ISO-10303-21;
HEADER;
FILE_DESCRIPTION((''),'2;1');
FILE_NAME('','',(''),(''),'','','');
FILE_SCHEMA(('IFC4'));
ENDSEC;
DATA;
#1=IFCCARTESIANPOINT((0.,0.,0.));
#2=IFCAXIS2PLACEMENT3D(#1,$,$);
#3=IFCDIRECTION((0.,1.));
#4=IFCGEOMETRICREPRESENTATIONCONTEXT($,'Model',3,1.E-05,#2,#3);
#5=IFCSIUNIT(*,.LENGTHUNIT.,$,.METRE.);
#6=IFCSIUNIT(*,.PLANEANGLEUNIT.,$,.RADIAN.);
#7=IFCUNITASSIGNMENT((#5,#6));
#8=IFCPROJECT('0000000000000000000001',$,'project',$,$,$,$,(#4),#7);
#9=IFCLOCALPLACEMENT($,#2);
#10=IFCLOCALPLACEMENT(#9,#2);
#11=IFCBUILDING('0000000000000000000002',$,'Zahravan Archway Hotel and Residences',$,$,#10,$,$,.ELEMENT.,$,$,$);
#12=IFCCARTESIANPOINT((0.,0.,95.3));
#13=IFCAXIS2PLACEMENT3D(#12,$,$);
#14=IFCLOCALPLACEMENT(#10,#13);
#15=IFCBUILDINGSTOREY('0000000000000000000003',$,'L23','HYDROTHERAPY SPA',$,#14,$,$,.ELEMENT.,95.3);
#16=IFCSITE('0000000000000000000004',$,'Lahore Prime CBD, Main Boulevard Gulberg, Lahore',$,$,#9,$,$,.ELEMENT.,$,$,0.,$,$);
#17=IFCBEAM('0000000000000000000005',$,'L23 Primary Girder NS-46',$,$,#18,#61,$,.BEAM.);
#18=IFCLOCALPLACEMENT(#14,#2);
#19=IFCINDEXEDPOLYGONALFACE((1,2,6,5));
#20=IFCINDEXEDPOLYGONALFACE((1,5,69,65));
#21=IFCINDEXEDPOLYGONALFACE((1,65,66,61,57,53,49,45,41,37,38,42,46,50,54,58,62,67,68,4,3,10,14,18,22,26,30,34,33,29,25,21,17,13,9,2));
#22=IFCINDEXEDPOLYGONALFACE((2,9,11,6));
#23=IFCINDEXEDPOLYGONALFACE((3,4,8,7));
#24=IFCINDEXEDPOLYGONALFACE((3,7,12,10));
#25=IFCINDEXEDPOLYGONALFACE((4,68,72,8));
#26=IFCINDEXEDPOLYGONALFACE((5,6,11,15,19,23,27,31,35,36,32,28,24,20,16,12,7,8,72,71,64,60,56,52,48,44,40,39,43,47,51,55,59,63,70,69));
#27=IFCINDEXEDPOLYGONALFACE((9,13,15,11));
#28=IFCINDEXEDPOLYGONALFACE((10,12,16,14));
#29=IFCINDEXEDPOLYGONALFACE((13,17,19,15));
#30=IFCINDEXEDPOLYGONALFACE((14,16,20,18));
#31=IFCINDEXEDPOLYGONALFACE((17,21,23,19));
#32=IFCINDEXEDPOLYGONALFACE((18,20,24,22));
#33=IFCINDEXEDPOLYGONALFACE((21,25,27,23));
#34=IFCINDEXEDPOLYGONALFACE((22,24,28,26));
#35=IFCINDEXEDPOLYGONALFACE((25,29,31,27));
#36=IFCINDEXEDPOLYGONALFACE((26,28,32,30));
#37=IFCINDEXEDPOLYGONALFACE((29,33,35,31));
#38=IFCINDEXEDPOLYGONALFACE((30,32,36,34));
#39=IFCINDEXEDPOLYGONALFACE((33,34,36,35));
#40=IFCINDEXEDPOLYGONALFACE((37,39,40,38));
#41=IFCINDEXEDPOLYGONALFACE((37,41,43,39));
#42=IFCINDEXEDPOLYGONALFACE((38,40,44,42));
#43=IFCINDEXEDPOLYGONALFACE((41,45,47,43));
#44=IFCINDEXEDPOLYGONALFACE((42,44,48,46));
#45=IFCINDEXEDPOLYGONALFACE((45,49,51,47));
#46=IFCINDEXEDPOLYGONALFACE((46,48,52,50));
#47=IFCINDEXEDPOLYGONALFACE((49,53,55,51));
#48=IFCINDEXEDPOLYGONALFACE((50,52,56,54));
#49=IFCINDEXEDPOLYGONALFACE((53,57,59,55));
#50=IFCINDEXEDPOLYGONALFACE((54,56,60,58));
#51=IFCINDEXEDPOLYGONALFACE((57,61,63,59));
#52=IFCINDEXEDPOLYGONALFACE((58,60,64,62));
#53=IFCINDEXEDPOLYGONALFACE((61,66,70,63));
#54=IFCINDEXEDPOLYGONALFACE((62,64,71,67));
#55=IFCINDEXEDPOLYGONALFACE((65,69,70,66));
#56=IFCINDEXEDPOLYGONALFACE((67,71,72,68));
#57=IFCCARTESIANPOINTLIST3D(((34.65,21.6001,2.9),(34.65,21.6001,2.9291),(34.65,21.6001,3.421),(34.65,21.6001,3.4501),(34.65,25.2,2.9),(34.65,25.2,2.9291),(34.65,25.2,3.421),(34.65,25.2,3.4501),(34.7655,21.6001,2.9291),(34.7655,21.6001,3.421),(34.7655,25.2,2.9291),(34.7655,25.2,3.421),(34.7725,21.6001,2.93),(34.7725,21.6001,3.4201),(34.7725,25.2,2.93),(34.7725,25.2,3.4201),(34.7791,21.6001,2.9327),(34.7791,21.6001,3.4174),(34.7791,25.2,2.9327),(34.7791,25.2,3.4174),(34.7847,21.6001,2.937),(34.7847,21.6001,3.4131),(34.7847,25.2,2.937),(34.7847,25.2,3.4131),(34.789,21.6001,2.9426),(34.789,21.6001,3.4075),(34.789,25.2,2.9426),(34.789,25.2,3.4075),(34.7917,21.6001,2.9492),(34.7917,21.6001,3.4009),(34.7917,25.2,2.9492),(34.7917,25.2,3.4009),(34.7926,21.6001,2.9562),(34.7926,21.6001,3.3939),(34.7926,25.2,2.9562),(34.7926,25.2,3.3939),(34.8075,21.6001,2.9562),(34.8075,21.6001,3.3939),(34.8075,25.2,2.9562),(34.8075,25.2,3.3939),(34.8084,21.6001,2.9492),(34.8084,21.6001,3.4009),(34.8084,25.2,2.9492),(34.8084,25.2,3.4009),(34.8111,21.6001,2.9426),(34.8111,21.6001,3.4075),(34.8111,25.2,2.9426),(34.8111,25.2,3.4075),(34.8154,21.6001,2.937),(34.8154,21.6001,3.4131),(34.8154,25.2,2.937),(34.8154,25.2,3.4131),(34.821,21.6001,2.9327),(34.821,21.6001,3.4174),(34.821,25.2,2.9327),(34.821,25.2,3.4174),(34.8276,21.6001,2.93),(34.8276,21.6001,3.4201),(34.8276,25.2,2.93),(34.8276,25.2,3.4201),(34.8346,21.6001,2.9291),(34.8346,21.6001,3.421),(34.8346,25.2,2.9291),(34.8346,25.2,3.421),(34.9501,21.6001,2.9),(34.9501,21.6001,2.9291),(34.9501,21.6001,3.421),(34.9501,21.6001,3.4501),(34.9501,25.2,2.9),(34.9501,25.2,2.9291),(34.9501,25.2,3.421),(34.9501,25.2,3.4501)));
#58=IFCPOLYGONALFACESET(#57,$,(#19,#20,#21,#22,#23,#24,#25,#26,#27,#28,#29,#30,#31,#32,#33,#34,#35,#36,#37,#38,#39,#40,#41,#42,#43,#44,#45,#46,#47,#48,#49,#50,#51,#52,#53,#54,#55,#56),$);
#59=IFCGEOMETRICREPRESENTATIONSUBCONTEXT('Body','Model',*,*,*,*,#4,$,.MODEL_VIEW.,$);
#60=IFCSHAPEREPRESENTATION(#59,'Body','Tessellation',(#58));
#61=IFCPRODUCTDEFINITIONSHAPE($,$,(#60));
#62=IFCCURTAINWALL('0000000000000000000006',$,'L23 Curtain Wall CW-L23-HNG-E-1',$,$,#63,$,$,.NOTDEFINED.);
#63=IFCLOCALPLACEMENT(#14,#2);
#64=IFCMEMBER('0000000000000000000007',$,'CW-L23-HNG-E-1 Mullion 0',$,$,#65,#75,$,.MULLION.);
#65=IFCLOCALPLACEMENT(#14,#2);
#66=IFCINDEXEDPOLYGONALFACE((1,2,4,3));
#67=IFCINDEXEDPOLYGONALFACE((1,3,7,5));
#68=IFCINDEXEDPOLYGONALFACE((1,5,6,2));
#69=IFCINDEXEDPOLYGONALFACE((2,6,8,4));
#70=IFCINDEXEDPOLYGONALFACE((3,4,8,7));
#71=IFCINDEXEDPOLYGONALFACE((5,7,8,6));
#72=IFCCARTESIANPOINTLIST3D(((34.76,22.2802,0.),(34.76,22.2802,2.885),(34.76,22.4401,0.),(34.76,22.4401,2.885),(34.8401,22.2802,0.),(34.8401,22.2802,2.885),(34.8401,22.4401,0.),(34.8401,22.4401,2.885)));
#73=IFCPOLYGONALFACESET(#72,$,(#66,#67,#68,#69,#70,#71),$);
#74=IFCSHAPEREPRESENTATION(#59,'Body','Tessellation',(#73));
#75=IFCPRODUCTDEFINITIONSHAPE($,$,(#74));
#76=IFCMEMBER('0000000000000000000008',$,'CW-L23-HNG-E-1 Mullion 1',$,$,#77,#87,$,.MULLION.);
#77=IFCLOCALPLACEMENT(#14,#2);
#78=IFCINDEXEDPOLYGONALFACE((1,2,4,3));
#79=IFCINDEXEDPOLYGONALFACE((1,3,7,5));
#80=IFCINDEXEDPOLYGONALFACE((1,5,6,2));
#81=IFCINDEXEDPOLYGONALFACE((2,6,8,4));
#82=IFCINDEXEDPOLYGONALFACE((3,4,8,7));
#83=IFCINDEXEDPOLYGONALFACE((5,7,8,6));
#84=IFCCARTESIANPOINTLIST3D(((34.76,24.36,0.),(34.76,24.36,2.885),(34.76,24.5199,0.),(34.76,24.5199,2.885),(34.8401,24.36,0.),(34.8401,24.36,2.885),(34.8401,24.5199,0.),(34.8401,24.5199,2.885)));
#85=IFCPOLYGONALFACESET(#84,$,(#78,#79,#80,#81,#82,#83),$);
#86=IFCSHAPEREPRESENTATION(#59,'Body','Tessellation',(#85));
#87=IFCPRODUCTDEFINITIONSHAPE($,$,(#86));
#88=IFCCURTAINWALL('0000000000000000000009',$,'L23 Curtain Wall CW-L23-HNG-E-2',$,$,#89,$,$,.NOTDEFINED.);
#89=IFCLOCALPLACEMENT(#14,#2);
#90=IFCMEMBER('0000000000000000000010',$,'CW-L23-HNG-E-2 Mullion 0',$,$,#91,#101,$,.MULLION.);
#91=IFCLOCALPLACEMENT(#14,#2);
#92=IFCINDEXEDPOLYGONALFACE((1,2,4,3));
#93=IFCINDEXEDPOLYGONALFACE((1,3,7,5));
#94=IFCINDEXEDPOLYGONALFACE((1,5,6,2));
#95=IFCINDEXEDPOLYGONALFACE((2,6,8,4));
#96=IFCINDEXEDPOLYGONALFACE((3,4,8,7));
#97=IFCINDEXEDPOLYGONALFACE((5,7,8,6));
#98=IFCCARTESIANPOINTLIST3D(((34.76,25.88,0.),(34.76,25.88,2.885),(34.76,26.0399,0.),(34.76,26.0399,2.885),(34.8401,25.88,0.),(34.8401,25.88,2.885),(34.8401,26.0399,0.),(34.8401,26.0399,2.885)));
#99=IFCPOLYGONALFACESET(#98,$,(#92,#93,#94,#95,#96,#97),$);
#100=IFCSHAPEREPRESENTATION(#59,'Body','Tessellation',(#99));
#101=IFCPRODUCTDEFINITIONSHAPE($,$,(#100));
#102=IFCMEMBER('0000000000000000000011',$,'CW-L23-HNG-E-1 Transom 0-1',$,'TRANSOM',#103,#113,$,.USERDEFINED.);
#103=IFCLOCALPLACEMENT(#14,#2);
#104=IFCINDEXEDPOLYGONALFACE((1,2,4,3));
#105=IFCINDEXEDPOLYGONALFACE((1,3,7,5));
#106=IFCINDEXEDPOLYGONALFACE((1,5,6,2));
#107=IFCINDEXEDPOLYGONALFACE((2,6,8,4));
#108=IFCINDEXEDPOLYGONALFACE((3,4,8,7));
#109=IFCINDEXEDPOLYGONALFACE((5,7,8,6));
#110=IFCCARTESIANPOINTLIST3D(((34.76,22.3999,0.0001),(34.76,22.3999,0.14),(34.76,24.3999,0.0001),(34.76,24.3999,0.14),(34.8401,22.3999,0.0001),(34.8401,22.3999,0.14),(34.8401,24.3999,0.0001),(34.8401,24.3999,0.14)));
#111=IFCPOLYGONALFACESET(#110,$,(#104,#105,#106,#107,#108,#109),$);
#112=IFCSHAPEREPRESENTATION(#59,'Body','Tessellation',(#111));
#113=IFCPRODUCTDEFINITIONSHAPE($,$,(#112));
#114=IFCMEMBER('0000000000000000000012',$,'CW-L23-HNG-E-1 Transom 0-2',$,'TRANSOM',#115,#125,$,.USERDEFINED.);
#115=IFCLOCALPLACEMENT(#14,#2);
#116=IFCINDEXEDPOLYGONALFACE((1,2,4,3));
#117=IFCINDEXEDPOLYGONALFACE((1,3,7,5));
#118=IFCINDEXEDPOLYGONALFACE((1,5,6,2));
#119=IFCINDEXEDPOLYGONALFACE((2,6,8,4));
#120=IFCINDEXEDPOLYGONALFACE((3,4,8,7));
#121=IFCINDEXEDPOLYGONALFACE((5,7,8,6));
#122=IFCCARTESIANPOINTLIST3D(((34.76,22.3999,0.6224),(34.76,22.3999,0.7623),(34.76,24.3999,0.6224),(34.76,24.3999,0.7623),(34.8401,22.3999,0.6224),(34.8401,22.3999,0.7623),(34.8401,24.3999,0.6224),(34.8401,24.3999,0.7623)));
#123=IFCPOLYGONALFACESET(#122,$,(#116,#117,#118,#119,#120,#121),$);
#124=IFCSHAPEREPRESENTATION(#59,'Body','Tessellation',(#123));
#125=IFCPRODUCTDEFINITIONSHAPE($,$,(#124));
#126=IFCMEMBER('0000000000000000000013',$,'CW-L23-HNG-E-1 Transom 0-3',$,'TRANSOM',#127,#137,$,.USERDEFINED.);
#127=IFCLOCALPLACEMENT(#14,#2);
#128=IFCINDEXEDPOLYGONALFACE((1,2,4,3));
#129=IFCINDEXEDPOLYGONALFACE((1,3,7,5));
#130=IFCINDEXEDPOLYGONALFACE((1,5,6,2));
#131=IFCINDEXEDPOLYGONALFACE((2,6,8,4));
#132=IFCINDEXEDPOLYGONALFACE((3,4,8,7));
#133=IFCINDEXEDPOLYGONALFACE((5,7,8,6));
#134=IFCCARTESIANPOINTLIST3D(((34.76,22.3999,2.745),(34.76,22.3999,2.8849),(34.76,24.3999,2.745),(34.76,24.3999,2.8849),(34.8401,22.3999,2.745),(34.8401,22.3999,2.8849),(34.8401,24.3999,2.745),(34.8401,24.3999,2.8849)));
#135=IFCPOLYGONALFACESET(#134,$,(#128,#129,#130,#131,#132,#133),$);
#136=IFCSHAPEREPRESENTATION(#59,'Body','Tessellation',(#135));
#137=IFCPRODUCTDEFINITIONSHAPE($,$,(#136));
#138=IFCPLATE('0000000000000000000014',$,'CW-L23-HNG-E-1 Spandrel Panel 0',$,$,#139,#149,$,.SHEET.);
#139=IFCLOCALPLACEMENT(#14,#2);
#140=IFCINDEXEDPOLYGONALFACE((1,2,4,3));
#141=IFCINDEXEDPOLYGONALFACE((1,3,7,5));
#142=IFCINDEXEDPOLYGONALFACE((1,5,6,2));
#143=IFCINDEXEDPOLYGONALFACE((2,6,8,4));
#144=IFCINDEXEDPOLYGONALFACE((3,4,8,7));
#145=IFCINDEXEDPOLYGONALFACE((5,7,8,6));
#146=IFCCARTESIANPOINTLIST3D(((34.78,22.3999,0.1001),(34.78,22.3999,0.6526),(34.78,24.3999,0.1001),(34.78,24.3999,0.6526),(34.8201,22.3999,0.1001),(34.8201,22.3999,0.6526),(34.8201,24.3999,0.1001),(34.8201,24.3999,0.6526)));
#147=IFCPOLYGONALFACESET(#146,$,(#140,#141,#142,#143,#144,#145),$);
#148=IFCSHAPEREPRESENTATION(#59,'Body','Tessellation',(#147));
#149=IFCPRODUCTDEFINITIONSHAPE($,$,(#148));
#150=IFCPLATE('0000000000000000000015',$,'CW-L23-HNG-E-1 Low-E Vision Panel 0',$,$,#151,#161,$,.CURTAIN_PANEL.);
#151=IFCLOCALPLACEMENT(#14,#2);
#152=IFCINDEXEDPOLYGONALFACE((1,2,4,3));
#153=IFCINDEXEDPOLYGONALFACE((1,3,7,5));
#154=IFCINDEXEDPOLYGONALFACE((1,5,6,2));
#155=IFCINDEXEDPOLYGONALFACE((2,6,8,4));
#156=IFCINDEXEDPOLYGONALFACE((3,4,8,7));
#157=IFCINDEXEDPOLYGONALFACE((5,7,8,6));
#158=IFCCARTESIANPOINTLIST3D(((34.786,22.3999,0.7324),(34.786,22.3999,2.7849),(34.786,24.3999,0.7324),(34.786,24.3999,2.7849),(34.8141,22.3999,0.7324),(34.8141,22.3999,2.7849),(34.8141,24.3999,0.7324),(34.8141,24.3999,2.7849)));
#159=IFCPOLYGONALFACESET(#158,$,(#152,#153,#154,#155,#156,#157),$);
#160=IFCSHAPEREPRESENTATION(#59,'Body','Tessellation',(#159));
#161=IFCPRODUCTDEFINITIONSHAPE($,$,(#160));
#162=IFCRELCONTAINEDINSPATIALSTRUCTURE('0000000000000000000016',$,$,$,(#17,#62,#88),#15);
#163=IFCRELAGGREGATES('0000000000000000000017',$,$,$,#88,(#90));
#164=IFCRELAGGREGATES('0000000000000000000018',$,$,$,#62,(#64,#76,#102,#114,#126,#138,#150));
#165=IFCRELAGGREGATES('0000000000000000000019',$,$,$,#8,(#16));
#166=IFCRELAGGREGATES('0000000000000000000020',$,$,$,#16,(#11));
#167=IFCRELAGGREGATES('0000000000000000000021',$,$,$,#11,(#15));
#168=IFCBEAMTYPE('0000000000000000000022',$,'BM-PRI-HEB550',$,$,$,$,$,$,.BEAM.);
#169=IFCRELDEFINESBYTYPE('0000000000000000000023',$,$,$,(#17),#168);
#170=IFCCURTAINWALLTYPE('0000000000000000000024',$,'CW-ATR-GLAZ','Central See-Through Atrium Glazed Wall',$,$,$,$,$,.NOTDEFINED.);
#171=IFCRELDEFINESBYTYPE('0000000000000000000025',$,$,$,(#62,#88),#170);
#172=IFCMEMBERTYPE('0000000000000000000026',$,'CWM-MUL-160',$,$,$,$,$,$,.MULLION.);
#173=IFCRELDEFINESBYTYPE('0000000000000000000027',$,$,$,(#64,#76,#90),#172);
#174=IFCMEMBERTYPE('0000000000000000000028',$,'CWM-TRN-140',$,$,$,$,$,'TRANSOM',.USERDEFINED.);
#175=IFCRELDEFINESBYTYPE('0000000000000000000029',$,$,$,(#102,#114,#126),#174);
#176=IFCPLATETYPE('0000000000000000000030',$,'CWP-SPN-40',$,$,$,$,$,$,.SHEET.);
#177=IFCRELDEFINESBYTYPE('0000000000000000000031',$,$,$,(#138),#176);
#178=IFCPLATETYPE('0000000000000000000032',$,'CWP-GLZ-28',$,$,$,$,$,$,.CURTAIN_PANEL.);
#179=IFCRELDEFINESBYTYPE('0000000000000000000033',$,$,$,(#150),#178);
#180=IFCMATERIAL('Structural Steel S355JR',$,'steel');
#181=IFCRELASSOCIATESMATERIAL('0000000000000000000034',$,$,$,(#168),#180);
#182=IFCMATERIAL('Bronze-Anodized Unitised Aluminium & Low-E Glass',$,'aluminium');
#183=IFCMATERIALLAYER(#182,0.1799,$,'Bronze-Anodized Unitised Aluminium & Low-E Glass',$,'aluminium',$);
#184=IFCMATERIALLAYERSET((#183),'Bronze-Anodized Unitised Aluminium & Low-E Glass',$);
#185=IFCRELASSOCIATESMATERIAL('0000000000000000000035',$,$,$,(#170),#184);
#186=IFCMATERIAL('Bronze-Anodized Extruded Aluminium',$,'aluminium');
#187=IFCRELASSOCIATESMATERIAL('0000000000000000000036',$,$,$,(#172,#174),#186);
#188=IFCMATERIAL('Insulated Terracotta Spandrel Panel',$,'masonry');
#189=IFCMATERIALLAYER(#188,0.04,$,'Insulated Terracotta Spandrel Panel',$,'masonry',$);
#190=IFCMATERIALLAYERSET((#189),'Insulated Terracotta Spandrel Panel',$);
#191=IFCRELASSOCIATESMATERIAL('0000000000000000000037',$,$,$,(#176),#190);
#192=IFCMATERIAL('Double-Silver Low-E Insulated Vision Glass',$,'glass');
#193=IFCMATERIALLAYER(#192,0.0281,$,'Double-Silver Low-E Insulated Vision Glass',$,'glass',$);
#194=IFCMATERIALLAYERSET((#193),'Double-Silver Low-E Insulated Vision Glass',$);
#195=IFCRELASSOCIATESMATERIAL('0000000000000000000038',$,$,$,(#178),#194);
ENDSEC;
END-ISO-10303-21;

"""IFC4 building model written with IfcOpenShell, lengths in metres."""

from ifc_helpers import new_model, si_unit, direction, frame, origin, origin_2d, place, context, subcontext, project, spatial, rectangle, i_section, extrude, source, transform, mapped, material, layer, layer_set, material_profile, profile_set, type_object, element, aggregate, save


model = new_model("IFC4")

# Units and contexts
model_context = context("Model", 3, precision=1e-05, world=origin(), true_north=direction((0.0, 1.0)))
body_context = subcontext(model_context, "Body", "Model", "MODEL_VIEW")
ifc_project = project(units=[si_unit("LENGTHUNIT", "METRE"), si_unit("PLANEANGLEUNIT", "RADIAN")], contexts=[model_context])

# Site, building, storey
site_placement = place(None, origin())
site = spatial("IfcSite", under=ifc_project, at=site_placement, Name="Lahore Prime CBD, Main Boulevard Gulberg, Lahore", CompositionType="ELEMENT", RefElevation=0.0)
building_placement = place(site_placement, origin())
building = spatial("IfcBuilding", under=site, at=building_placement, Name="Zahravan Archway Hotel and Residences", CompositionType="ELEMENT")
storey_placement = place(building_placement, frame((0.0, 0.0, 95.3)))
storey = spatial("IfcBuildingStorey", under=building, at=storey_placement, Name="L23", Description="HYDROTHERAPY SPA", CompositionType="ELEMENT", Elevation=95.3)

# Beam
ifc_material_1 = material(Name="Structural Steel S355JR", Category="steel")
ifc_material_profile_1 = material_profile(ifc_material_1, i_section(OverallWidth=0.3, OverallDepth=0.55, WebThickness=0.0149, FlangeThickness=0.0291, FilletRadius=0.0271, at=origin_2d()), Name="HEB 550", Category="steel")
ifc_profile_set_1 = profile_set([ifc_material_profile_1], Name="Structural Steel S355JR")
beam_type = type_object("IfcBeamType", Name="BM-PRI-HEB550", PredefinedType="BEAM", material=ifc_profile_set_1)
shared_shape_1 = source(origin(), body_context, "Body", "SweptSolid", [
    extrude(i_section(OverallWidth=0.3, OverallDepth=0.55, WebThickness=0.0149, FlangeThickness=0.0291, FilletRadius=0.0271, at=origin_2d()), origin(), (0.0, 0.0, 1.0), 3.5999),
])
beam_1_placement = place(storey_placement, frame((34.8, 21.6001, 3.175), z_axis=(0.0, 1.0, 0.0), x_axis=(-1.0, 0.0, 0.0)))
element("IfcBeam", 1, at=beam_1_placement, inside=storey, type_object=beam_type, Name="L23 Primary Girder NS-46", PredefinedType="BEAM", context=body_context, shape_type="MappedRepresentation", body=[
    mapped(shared_shape_1, transform((0.0, 0.0, 0.0), scale=1.0)),
])

# Curtain wall, members
ifc_material_2 = material(Name="Bronze-Anodized Unitised Aluminium & Low-E Glass", Category="aluminium")
ifc_layer_1 = layer(ifc_material_2, 0.1799, Name="Bronze-Anodized Unitised Aluminium & Low-E Glass", Category="aluminium")
ifc_layer_set_1 = layer_set([ifc_layer_1], Name="Bronze-Anodized Unitised Aluminium & Low-E Glass")
curtain_wall_type = type_object("IfcCurtainWallType", Name="CW-ATR-GLAZ", Description="Central See-Through Atrium Glazed Wall", PredefinedType="NOTDEFINED", material=ifc_layer_set_1)
curtain_wall_1_placement = place(storey_placement, origin())
curtain_wall_1 = element("IfcCurtainWall", 2, at=curtain_wall_1_placement, inside=storey, type_object=curtain_wall_type, Name="L23 Curtain Wall CW-L23-HNG-E-1", PredefinedType="NOTDEFINED")
ifc_material_3 = material(Name="Bronze-Anodized Extruded Aluminium", Category="aluminium")
ifc_material_profile_2 = material_profile(ifc_material_3, rectangle(XDim=0.0801, YDim=0.1599, at=origin_2d()), Name="MUL 80x160", Category="aluminium")
ifc_profile_set_2 = profile_set([ifc_material_profile_2], Name="Bronze-Anodized Extruded Aluminium")
member_type_1 = type_object("IfcMemberType", Name="CWM-MUL-160", PredefinedType="MULLION", material=ifc_profile_set_2)
shared_shape_2 = source(origin(), body_context, "Body", "SweptSolid", [
    extrude(rectangle(XDim=0.0801, YDim=0.1599, at=origin_2d()), origin(), (0.0, 0.0, 1.0), 2.885),
])
member_1_placement = place(storey_placement, frame((34.8, 22.3601, 0.0), z_axis=(0.0, 0.0, 1.0), x_axis=(1.0, 0.0, 0.0)))
member_1 = element("IfcMember", 3, at=member_1_placement, type_object=member_type_1, Name="CW-L23-HNG-E-1 Mullion 0", PredefinedType="MULLION", context=body_context, shape_type="MappedRepresentation", body=[
    mapped(shared_shape_2, transform((0.0, 0.0, 0.0), scale=1.0)),
])
member_2_placement = place(storey_placement, frame((34.8, 24.4399, 0.0), z_axis=(0.0, 0.0, 1.0), x_axis=(1.0, 0.0, 0.0)))
member_2 = element("IfcMember", 4, at=member_2_placement, type_object=member_type_1, Name="CW-L23-HNG-E-1 Mullion 1", PredefinedType="MULLION", context=body_context, shape_type="MappedRepresentation", body=[
    mapped(shared_shape_2, transform((0.0, 0.0, 0.0), scale=1.0)),
])

# Curtain wall, member
curtain_wall_2_placement = place(storey_placement, origin())
curtain_wall_2 = element("IfcCurtainWall", 5, at=curtain_wall_2_placement, inside=storey, type_object=curtain_wall_type, Name="L23 Curtain Wall CW-L23-HNG-E-2", PredefinedType="NOTDEFINED")
member_3_placement = place(storey_placement, frame((34.8, 25.96, 0.0), z_axis=(0.0, 0.0, 1.0), x_axis=(1.0, 0.0, 0.0)))
member_3 = element("IfcMember", 6, at=member_3_placement, type_object=member_type_1, Name="CW-L23-HNG-E-2 Mullion 0", PredefinedType="MULLION", context=body_context, shape_type="MappedRepresentation", body=[
    mapped(shared_shape_2, transform((0.0, 0.0, 0.0), scale=1.0)),
])
aggregate(curtain_wall_2, [member_3])

# Members
ifc_material_profile_3 = material_profile(ifc_material_3, rectangle(XDim=0.0801, YDim=0.1399, at=origin_2d()), Name="TRN 80x140", Category="aluminium")
ifc_profile_set_3 = profile_set([ifc_material_profile_3], Name="Bronze-Anodized Extruded Aluminium")
member_type_2 = type_object("IfcMemberType", Name="CWM-TRN-140", ElementType="TRANSOM", PredefinedType="USERDEFINED", material=ifc_profile_set_3)
shared_shape_3 = source(origin(), body_context, "Body", "SweptSolid", [
    extrude(rectangle(XDim=0.0801, YDim=0.1399, at=origin_2d()), origin(), (0.0, 0.0, 1.0), 2.0),
])
member_4_placement = place(storey_placement, frame((34.8, 22.3999, 0.0701), z_axis=(0.0, 1.0, 0.0), x_axis=(-1.0, 0.0, 0.0)))
member_4 = element("IfcMember", 7, at=member_4_placement, type_object=member_type_2, Name="CW-L23-HNG-E-1 Transom 0-1", ObjectType="TRANSOM", PredefinedType="USERDEFINED", context=body_context, shape_type="MappedRepresentation", body=[
    mapped(shared_shape_3, transform((0.0, 0.0, 0.0), scale=1.0)),
])
member_5_placement = place(storey_placement, frame((34.8, 22.3999, 0.6924), z_axis=(0.0, 1.0, 0.0), x_axis=(-1.0, 0.0, 0.0)))
member_5 = element("IfcMember", 8, at=member_5_placement, type_object=member_type_2, Name="CW-L23-HNG-E-1 Transom 0-2", ObjectType="TRANSOM", PredefinedType="USERDEFINED", context=body_context, shape_type="MappedRepresentation", body=[
    mapped(shared_shape_3, transform((0.0, 0.0, 0.0), scale=1.0)),
])
member_6_placement = place(storey_placement, frame((34.8, 22.3999, 2.8149), z_axis=(0.0, 1.0, 0.0), x_axis=(-1.0, 0.0, 0.0)))
member_6 = element("IfcMember", 9, at=member_6_placement, type_object=member_type_2, Name="CW-L23-HNG-E-1 Transom 0-3", ObjectType="TRANSOM", PredefinedType="USERDEFINED", context=body_context, shape_type="MappedRepresentation", body=[
    mapped(shared_shape_3, transform((0.0, 0.0, 0.0), scale=1.0)),
])

# Plates
ifc_material_4 = material(Name="Insulated Terracotta Spandrel Panel", Category="masonry")
ifc_layer_2 = layer(ifc_material_4, 0.04, Name="Insulated Terracotta Spandrel Panel", Category="masonry")
ifc_layer_set_2 = layer_set([ifc_layer_2], Name="Insulated Terracotta Spandrel Panel")
plate_type_1 = type_object("IfcPlateType", Name="CWP-SPN-40", PredefinedType="SHEET", material=ifc_layer_set_2)
shared_shape_4 = source(origin(), body_context, "Body", "SweptSolid", [
    extrude(rectangle(XDim=2.0, YDim=0.04, at=origin_2d()), origin(), (0.0, 0.0, 1.0), 0.5525),
])
plate_1_placement = place(storey_placement, frame((34.8, 23.3999, 0.1001), z_axis=(0.0, 0.0, 1.0), x_axis=(0.0, 1.0, 0.0)))
plate_1 = element("IfcPlate", 10, at=plate_1_placement, type_object=plate_type_1, Name="CW-L23-HNG-E-1 Spandrel Panel 0", PredefinedType="SHEET", context=body_context, shape_type="MappedRepresentation", body=[
    mapped(shared_shape_4, transform((0.0, 0.0, 0.0), scale=1.0)),
])
ifc_material_5 = material(Name="Double-Silver Low-E Insulated Vision Glass", Category="glass")
ifc_layer_3 = layer(ifc_material_5, 0.0281, Name="Double-Silver Low-E Insulated Vision Glass", Category="glass")
ifc_layer_set_3 = layer_set([ifc_layer_3], Name="Double-Silver Low-E Insulated Vision Glass")
plate_type_2 = type_object("IfcPlateType", Name="CWP-GLZ-28", PredefinedType="CURTAIN_PANEL", material=ifc_layer_set_3)
shared_shape_5 = source(origin(), body_context, "Body", "SweptSolid", [
    extrude(rectangle(XDim=2.0, YDim=0.0281, at=origin_2d()), origin(), (0.0, 0.0, 1.0), 2.0525),
])
plate_2_placement = place(storey_placement, frame((34.8, 23.3999, 0.7324), z_axis=(0.0, 0.0, 1.0), x_axis=(0.0, 1.0, 0.0)))
plate_2 = element("IfcPlate", 11, at=plate_2_placement, type_object=plate_type_2, Name="CW-L23-HNG-E-1 Low-E Vision Panel 0", PredefinedType="CURTAIN_PANEL", context=body_context, shape_type="MappedRepresentation", body=[
    mapped(shared_shape_5, transform((0.0, 0.0, 0.0), scale=1.0)),
])
aggregate(curtain_wall_1, [member_1, member_2, member_4, member_5, member_6, plate_1, plate_2])

save(model, "model.ifc")
